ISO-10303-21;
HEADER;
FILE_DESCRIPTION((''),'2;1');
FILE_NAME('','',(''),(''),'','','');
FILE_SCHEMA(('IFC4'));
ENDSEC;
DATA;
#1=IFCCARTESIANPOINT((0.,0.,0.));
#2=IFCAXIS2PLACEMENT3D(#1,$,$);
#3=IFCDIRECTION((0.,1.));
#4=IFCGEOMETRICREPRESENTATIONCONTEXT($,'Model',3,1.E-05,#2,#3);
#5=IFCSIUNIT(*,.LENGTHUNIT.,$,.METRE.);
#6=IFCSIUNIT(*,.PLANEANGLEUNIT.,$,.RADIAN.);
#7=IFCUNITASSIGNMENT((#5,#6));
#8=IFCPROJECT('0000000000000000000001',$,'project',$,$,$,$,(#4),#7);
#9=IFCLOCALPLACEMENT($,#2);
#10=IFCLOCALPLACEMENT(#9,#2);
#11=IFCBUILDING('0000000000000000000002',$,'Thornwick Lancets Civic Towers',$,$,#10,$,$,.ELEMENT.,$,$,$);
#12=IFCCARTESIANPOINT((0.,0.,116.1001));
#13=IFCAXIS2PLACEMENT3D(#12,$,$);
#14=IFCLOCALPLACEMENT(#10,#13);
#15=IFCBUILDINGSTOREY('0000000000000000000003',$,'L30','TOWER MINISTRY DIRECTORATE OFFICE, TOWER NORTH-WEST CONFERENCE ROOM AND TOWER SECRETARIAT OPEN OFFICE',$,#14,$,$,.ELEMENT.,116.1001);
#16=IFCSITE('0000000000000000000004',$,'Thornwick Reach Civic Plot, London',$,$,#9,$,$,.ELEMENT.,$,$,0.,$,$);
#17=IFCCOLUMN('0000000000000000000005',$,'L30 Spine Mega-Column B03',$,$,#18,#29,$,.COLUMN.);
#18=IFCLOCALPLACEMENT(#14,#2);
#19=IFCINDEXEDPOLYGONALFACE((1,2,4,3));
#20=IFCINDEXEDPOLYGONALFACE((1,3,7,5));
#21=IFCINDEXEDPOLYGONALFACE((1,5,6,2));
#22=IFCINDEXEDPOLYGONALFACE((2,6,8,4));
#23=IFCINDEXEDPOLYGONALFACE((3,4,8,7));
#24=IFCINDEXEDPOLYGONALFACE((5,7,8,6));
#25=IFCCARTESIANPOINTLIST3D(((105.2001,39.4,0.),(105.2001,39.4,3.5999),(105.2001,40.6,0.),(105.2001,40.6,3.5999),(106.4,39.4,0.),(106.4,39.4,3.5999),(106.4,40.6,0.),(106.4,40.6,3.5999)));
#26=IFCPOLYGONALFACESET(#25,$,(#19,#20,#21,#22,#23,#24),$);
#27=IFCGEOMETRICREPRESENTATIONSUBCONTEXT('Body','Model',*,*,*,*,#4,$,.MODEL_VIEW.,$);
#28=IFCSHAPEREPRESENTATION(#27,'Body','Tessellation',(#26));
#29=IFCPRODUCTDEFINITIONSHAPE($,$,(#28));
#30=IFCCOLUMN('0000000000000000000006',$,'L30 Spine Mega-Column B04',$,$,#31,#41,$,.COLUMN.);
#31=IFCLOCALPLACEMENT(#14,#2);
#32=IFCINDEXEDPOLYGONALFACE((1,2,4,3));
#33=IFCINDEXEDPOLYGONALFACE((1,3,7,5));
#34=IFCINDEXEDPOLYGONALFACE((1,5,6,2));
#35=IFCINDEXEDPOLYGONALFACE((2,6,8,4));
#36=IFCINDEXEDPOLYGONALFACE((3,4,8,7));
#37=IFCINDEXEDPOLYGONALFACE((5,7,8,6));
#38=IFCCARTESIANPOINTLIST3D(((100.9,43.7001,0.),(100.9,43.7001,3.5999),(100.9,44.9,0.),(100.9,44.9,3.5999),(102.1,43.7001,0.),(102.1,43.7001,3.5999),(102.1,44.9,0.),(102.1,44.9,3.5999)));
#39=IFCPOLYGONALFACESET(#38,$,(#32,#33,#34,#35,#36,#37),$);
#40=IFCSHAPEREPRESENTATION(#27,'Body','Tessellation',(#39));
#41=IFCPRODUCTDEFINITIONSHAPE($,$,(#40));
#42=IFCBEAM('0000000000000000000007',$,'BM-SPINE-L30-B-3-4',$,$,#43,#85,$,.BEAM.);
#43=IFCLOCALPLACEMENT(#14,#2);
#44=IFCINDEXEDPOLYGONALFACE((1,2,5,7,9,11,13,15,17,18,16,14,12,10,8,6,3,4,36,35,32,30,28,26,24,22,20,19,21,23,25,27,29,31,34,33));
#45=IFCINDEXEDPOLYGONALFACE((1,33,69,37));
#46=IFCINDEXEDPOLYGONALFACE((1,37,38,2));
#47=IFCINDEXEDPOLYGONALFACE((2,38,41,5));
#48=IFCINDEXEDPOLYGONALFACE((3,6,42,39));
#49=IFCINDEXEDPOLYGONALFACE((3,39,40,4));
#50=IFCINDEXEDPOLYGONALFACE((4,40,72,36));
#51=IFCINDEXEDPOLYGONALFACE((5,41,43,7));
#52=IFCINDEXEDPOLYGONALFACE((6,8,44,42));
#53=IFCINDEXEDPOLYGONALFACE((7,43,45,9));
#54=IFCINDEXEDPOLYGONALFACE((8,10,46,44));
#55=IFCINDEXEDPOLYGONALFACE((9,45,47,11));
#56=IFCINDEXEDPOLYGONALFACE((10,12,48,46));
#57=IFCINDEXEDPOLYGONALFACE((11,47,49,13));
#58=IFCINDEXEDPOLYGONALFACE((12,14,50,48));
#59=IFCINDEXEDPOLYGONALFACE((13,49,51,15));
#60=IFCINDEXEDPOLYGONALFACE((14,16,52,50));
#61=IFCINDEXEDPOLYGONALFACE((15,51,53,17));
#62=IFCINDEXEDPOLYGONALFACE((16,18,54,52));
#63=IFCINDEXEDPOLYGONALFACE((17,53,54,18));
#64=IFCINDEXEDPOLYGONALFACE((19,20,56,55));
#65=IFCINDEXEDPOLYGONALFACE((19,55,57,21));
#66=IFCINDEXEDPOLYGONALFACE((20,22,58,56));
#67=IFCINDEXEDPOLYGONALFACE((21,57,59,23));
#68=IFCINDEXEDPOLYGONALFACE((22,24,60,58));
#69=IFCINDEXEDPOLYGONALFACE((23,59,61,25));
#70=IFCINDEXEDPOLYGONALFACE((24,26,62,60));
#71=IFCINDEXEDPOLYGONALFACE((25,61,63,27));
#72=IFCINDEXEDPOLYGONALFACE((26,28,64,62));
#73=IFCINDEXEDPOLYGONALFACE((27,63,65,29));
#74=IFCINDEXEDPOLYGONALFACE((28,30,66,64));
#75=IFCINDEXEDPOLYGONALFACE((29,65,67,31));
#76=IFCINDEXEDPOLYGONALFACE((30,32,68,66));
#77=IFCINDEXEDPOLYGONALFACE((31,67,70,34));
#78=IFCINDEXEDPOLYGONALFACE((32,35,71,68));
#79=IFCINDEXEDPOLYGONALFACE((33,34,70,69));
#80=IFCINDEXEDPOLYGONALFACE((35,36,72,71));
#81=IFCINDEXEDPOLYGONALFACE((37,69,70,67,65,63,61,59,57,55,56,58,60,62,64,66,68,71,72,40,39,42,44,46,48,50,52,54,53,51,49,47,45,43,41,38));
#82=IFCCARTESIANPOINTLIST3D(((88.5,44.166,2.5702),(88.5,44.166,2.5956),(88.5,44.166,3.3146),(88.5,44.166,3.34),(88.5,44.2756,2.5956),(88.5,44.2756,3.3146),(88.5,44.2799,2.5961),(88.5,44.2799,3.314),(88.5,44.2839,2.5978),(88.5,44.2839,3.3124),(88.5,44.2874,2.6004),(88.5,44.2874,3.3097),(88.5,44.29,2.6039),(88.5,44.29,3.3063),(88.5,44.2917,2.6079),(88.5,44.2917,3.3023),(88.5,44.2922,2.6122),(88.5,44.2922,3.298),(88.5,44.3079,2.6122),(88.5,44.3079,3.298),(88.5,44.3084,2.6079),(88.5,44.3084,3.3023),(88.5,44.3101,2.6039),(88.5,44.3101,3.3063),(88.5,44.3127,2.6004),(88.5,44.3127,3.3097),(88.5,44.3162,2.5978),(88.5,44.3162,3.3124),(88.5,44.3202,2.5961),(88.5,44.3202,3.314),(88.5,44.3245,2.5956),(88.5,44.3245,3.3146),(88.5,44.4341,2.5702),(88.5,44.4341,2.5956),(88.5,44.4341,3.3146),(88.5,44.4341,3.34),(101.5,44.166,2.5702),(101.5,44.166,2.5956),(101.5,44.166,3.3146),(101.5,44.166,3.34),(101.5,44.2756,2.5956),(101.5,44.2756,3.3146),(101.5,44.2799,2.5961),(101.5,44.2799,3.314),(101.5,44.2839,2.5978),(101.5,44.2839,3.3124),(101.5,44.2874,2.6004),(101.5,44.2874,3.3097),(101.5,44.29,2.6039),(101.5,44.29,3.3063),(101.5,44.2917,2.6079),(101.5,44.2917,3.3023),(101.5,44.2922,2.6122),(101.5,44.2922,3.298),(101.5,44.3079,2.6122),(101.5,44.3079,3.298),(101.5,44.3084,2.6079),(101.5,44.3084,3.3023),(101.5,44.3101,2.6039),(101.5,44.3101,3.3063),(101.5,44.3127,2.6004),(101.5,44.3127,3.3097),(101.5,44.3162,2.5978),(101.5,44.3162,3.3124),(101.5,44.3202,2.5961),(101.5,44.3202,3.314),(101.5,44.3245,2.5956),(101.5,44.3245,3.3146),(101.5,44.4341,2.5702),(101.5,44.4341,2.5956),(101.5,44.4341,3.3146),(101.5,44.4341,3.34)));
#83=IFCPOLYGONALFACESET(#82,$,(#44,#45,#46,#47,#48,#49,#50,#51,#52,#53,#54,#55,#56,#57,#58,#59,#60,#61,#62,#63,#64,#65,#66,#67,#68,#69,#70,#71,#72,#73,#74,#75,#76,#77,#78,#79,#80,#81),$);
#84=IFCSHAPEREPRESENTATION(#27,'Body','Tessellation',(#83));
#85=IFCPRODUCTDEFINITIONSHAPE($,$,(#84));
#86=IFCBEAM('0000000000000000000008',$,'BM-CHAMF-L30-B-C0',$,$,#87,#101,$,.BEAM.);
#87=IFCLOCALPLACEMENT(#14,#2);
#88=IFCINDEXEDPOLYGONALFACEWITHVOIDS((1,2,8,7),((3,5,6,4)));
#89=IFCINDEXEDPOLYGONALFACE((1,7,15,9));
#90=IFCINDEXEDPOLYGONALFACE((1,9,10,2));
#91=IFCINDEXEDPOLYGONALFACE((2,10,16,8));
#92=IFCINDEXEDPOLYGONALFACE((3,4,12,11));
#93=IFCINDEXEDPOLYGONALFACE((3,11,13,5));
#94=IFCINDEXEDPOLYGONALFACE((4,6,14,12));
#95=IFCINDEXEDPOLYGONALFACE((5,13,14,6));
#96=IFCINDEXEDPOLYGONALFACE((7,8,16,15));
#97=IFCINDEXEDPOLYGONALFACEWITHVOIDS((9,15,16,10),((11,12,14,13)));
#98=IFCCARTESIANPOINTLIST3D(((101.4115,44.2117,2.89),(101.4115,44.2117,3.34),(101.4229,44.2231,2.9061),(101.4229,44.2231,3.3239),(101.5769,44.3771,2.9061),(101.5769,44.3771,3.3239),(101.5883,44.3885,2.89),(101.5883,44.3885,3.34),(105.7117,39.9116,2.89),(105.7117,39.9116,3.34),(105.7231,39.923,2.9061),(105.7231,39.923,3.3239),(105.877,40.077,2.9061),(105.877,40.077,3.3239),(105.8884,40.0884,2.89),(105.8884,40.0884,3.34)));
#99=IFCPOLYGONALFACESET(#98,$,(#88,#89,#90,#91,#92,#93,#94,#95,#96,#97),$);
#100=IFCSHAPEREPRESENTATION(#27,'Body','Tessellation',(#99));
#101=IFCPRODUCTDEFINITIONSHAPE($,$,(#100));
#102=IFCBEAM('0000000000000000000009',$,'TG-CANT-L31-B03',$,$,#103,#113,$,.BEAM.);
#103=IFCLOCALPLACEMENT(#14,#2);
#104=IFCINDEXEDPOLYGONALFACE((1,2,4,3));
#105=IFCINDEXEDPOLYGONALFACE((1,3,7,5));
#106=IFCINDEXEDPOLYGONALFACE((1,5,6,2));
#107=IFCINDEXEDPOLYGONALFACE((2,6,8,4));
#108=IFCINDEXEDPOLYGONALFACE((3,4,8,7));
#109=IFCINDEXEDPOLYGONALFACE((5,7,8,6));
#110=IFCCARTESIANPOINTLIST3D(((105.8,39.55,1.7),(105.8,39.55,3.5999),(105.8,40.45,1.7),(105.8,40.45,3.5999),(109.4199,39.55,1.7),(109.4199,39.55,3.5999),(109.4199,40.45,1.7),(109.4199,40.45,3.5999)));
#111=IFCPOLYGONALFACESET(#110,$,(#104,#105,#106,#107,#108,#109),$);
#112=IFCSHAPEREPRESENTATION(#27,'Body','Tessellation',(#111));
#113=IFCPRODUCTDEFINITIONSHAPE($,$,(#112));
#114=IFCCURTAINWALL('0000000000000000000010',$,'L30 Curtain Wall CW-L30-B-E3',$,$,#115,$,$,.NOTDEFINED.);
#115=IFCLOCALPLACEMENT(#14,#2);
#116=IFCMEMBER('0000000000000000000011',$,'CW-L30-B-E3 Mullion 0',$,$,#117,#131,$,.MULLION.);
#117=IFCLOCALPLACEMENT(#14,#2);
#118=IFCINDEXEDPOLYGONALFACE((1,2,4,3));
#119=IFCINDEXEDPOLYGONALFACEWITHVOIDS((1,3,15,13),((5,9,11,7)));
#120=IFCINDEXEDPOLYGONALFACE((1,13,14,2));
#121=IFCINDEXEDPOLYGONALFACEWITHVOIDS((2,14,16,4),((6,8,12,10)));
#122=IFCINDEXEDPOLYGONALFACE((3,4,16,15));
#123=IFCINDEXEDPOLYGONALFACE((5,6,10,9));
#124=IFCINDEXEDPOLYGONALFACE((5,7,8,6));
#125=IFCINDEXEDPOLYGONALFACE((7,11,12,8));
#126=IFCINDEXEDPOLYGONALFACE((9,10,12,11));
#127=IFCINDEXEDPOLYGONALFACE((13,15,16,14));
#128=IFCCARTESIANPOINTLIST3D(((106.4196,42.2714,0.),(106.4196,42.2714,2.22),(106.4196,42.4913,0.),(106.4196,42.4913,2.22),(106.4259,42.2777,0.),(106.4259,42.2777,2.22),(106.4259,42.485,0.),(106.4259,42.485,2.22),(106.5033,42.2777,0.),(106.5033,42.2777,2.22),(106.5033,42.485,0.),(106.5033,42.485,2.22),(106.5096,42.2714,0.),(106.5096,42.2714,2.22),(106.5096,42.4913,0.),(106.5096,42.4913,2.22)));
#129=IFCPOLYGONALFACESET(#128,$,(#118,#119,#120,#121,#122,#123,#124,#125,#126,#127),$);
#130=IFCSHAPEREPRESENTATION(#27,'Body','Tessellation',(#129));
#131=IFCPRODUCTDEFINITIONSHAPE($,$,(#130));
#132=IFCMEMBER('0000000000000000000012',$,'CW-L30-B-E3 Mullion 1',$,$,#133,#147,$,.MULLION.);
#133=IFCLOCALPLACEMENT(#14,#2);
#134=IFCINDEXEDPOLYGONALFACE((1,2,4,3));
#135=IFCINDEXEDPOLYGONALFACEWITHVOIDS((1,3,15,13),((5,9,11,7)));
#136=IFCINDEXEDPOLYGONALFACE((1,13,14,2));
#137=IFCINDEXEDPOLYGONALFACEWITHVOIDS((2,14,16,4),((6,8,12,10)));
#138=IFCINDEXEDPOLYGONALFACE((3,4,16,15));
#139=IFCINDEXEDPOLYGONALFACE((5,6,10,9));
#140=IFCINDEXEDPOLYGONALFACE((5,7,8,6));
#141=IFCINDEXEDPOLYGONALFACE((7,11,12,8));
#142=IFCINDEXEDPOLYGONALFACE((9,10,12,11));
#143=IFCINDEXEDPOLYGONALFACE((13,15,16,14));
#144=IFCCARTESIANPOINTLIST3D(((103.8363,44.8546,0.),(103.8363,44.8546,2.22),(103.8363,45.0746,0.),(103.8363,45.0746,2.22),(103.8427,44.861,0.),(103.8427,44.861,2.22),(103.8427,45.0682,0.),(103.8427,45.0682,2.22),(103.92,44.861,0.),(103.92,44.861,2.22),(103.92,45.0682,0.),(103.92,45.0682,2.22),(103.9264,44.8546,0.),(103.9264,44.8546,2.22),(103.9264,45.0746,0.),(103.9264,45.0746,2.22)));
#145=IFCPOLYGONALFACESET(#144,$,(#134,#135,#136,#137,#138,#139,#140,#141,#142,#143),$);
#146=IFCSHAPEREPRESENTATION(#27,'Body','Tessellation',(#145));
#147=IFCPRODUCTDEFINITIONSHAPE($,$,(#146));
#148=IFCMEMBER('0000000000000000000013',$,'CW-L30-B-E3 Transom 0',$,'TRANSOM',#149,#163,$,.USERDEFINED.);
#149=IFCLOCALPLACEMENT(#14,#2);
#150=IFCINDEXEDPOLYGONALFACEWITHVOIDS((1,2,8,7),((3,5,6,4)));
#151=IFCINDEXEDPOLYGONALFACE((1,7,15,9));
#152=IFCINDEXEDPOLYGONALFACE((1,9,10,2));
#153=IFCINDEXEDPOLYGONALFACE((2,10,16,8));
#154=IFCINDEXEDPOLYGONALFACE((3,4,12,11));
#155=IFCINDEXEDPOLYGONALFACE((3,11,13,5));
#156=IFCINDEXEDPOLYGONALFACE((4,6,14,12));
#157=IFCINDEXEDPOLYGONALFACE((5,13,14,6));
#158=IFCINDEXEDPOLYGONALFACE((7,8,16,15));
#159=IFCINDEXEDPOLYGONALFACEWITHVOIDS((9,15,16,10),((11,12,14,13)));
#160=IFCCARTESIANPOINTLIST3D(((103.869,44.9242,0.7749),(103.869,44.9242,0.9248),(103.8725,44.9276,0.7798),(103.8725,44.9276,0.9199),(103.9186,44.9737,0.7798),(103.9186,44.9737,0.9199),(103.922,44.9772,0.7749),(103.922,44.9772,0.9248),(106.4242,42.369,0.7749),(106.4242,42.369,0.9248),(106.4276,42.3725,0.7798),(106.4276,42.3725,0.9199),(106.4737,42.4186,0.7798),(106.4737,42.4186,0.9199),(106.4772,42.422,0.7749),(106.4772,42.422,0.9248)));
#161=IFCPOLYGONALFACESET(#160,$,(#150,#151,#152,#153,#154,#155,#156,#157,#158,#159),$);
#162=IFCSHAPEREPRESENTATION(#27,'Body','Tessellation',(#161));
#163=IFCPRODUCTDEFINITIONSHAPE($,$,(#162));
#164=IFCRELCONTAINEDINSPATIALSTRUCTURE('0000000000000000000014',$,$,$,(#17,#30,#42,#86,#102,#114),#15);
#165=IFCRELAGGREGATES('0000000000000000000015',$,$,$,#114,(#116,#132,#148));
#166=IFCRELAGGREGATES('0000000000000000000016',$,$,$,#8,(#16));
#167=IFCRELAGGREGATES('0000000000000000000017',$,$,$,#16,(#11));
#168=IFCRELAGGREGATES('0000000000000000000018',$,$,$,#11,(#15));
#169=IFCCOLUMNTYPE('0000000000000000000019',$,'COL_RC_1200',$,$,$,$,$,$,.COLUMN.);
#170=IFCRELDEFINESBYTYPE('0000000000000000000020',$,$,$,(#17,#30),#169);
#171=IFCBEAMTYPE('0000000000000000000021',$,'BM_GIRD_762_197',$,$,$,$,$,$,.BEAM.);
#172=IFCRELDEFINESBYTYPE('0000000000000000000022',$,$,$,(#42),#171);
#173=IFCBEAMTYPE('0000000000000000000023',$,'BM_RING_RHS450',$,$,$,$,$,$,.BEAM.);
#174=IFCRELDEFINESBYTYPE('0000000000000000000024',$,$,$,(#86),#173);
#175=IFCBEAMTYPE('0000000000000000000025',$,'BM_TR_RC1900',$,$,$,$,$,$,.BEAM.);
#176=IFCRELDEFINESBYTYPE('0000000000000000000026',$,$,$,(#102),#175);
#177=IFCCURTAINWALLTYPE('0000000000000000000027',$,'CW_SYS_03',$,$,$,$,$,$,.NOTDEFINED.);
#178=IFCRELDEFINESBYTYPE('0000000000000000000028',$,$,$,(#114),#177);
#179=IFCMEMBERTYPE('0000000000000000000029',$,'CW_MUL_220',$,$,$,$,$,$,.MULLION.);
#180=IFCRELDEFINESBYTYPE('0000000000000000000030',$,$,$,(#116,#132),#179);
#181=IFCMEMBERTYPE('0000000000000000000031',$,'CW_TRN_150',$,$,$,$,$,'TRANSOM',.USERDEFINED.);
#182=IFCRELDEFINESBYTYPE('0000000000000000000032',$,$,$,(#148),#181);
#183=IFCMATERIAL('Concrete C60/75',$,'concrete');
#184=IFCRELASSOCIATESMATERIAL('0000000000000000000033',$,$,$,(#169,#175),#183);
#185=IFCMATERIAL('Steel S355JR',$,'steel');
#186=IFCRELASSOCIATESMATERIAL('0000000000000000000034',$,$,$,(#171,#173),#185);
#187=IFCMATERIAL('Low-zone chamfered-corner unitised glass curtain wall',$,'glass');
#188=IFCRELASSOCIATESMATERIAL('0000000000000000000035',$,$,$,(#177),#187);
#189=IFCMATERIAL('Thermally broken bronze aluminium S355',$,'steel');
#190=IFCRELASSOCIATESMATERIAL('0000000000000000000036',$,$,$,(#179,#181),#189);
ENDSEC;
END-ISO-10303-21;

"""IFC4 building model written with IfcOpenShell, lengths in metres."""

from ifc_helpers import new_model, si_unit, direction, frame, origin, origin_2d, place, context, subcontext, project, spatial, rectangle, hollow_rectangle, i_section, extrude, material, material_profile, profile_set, type_object, element, aggregate, save


model = new_model("IFC4")

# Units and contexts
model_context = context("Model", 3, precision=1e-05, world=origin(), true_north=direction((0.0, 1.0)))
body_context = subcontext(model_context, "Body", "Model", "MODEL_VIEW")
ifc_project = project(units=[si_unit("LENGTHUNIT", "METRE"), si_unit("PLANEANGLEUNIT", "RADIAN")], contexts=[model_context])

# Site, building, storey
site_placement = place(None, origin())
site = spatial("IfcSite", under=ifc_project, at=site_placement, Name="Thornwick Reach Civic Plot, London", CompositionType="ELEMENT", RefElevation=0.0)
building_placement = place(site_placement, origin())
building = spatial("IfcBuilding", under=site, at=building_placement, Name="Thornwick Lancets Civic Towers", CompositionType="ELEMENT")
storey_placement = place(building_placement, frame((0.0, 0.0, 116.1001)))
storey = spatial("IfcBuildingStorey", under=building, at=storey_placement, Name="L30", Description="TOWER MINISTRY DIRECTORATE OFFICE, TOWER NORTH-WEST CONFERENCE ROOM AND TOWER SECRETARIAT OPEN OFFICE", CompositionType="ELEMENT", Elevation=116.1001)

# Columns
ifc_material_1 = material(Name="Concrete C60/75", Category="concrete")
ifc_material_profile_1 = material_profile(ifc_material_1, rectangle(XDim=1.2, YDim=1.2, at=origin_2d()), Name="RC 1200x1200")
ifc_profile_set_1 = profile_set([ifc_material_profile_1], Name="Concrete C60/75")
column_type = type_object("IfcColumnType", Name="COL_RC_1200", PredefinedType="COLUMN", material=ifc_profile_set_1)
for number, where, z_axis, x_axis, name in (
    (1, (105.8, 40.0, 0.0), (0.0, 0.0, 1.0), (1.0, 0.0, 0.0), "L30 Spine Mega-Column B03"),
    (2, (101.5, 44.3, 0.0), (0.0, 0.0, 1.0), (1.0, 0.0, 0.0), "L30 Spine Mega-Column B04"),
):
    element("IfcColumn", number, at=place(storey_placement, frame(where, z_axis=z_axis, x_axis=x_axis)), inside=storey, type_object=column_type, Name=name, PredefinedType="COLUMN", context=body_context, shape_type="SweptSolid", body=[
        extrude(rectangle(XDim=1.2, YDim=1.2, at=origin_2d()), origin(), (0.0, 0.0, 1.0), 3.5999),
    ])

# Beams
ifc_material_2 = material(Name="Steel S355JR", Category="steel")
ifc_material_profile_2 = material_profile(ifc_material_2, i_section(OverallWidth=0.2681, OverallDepth=0.7698, WebThickness=0.0156, FlangeThickness=0.0254, FilletRadius=0.0166, at=origin_2d()), Name="UKB 762x267x197")
ifc_profile_set_2 = profile_set([ifc_material_profile_2], Name="Steel S355JR")
beam_type_1 = type_object("IfcBeamType", Name="BM_GIRD_762_197", PredefinedType="BEAM", material=ifc_profile_set_2)
beam_1_placement = place(storey_placement, frame((101.5, 44.3, 2.9551), z_axis=(-1.0, 0.0, 0.0), x_axis=(0.0, -1.0, 0.0)))
element("IfcBeam", 3, at=beam_1_placement, inside=storey, type_object=beam_type_1, Name="BM-SPINE-L30-B-3-4", PredefinedType="BEAM", context=body_context, shape_type="SweptSolid", body=[
    extrude(i_section(OverallWidth=0.2681, OverallDepth=0.7698, WebThickness=0.0156, FlangeThickness=0.0254, FilletRadius=0.0166, at=origin_2d()), origin(), (0.0, 0.0, 1.0), 13.0),
])
ifc_material_profile_3 = material_profile(ifc_material_2, hollow_rectangle(XDim=0.25, YDim=0.45, WallThickness=0.0161, at=origin_2d()), Name="RHS 450x250x16")
ifc_profile_set_3 = profile_set([ifc_material_profile_3], Name="Steel S355JR")
beam_type_2 = type_object("IfcBeamType", Name="BM_RING_RHS450", PredefinedType="BEAM", material=ifc_profile_set_3)
beam_2_placement = place(storey_placement, frame((105.8, 40.0, 3.115), z_axis=(-0.707107, 0.707107, 0.0), x_axis=(-0.707107, -0.707107, 0.0)))
element("IfcBeam", 4, at=beam_2_placement, inside=storey, type_object=beam_type_2, Name="BM-CHAMF-L30-B-C0", PredefinedType="BEAM", context=body_context, shape_type="SweptSolid", body=[
    extrude(hollow_rectangle(XDim=0.25, YDim=0.45, WallThickness=0.0161, at=origin_2d()), origin(), (0.0, 0.0, 1.0), 6.0813),
])
ifc_material_profile_4 = material_profile(ifc_material_1, rectangle(XDim=0.8999, YDim=1.8999, at=origin_2d()), Name="RC 900x1900")
ifc_profile_set_4 = profile_set([ifc_material_profile_4], Name="Concrete C60/75")
beam_type_3 = type_object("IfcBeamType", Name="BM_TR_RC1900", PredefinedType="BEAM", material=ifc_profile_set_4)
beam_3_placement = place(storey_placement, frame((105.8, 40.0, 2.6499), z_axis=(1.0, 0.0, 0.0), x_axis=(0.0, 1.0, 0.0)))
element("IfcBeam", 5, at=beam_3_placement, inside=storey, type_object=beam_type_3, Name="TG-CANT-L31-B03", PredefinedType="BEAM", context=body_context, shape_type="SweptSolid", body=[
    extrude(rectangle(XDim=0.8999, YDim=1.8999, at=origin_2d()), origin(), (0.0, 0.0, 1.0), 3.6199),
])

# Curtain wall, members
ifc_material_3 = material(Name="Low-zone chamfered-corner unitised glass curtain wall", Category="glass")
curtain_wall_type = type_object("IfcCurtainWallType", Name="CW_SYS_03", PredefinedType="NOTDEFINED", material=ifc_material_3)
curtain_wall_placement = place(storey_placement, origin())
curtain_wall = element("IfcCurtainWall", 6, at=curtain_wall_placement, inside=storey, type_object=curtain_wall_type, Name="L30 Curtain Wall CW-L30-B-E3", PredefinedType="NOTDEFINED")
ifc_material_4 = material(Name="Thermally broken bronze aluminium S355", Category="steel")
ifc_material_profile_5 = material_profile(ifc_material_4, hollow_rectangle(XDim=0.0901, YDim=0.22, WallThickness=0.0063, at=origin_2d()), Name="RHS 220x90x6.3")
ifc_profile_set_5 = profile_set([ifc_material_profile_5], Name="Thermally broken bronze aluminium S355")
member_type_1 = type_object("IfcMemberType", Name="CW_MUL_220", PredefinedType="MULLION", material=ifc_profile_set_5)
member_1_placement = place(storey_placement, frame((106.4646, 42.3813, 0.0), z_axis=(0.0, 0.0, 1.0), x_axis=(1.0, 0.0, 0.0)))
member_1 = element("IfcMember", 7, at=member_1_placement, type_object=member_type_1, Name="CW-L30-B-E3 Mullion 0", PredefinedType="MULLION", context=body_context, shape_type="SweptSolid", body=[
    extrude(hollow_rectangle(XDim=0.0901, YDim=0.22, WallThickness=0.0063, at=origin_2d()), origin(), (0.0, 0.0, 1.0), 2.22),
])
member_2_placement = place(storey_placement, frame((103.8813, 44.9646, 0.0), z_axis=(0.0, 0.0, 1.0), x_axis=(1.0, 0.0, 0.0)))
member_2 = element("IfcMember", 8, at=member_2_placement, type_object=member_type_1, Name="CW-L30-B-E3 Mullion 1", PredefinedType="MULLION", context=body_context, shape_type="SweptSolid", body=[
    extrude(hollow_rectangle(XDim=0.0901, YDim=0.22, WallThickness=0.0063, at=origin_2d()), origin(), (0.0, 0.0, 1.0), 2.22),
])
ifc_material_profile_6 = material_profile(ifc_material_4, hollow_rectangle(XDim=0.075, YDim=0.1499, WallThickness=0.0049, at=origin_2d()), Name="RHS 150x75x5")
ifc_profile_set_6 = profile_set([ifc_material_profile_6], Name="Thermally broken bronze aluminium S355")
member_type_2 = type_object("IfcMemberType", Name="CW_TRN_150", ElementType="TRANSOM", PredefinedType="USERDEFINED", material=ifc_profile_set_6)
member_3_placement = place(storey_placement, frame((106.4507, 42.3955, 0.8499), z_axis=(-0.707107, 0.707107, 0.0), x_axis=(-0.707107, -0.707107, 0.0)))
member_3 = element("IfcMember", 9, at=member_3_placement, type_object=member_type_2, Name="CW-L30-B-E3 Transom 0", ObjectType="TRANSOM", PredefinedType="USERDEFINED", context=body_context, shape_type="SweptSolid", body=[
    extrude(hollow_rectangle(XDim=0.075, YDim=0.1499, WallThickness=0.0049, at=origin_2d()), origin(), (0.0, 0.0, 1.0), 3.6135),
])

aggregate(curtain_wall, [member_1, member_2, member_3])

save(model, "model.ifc")
